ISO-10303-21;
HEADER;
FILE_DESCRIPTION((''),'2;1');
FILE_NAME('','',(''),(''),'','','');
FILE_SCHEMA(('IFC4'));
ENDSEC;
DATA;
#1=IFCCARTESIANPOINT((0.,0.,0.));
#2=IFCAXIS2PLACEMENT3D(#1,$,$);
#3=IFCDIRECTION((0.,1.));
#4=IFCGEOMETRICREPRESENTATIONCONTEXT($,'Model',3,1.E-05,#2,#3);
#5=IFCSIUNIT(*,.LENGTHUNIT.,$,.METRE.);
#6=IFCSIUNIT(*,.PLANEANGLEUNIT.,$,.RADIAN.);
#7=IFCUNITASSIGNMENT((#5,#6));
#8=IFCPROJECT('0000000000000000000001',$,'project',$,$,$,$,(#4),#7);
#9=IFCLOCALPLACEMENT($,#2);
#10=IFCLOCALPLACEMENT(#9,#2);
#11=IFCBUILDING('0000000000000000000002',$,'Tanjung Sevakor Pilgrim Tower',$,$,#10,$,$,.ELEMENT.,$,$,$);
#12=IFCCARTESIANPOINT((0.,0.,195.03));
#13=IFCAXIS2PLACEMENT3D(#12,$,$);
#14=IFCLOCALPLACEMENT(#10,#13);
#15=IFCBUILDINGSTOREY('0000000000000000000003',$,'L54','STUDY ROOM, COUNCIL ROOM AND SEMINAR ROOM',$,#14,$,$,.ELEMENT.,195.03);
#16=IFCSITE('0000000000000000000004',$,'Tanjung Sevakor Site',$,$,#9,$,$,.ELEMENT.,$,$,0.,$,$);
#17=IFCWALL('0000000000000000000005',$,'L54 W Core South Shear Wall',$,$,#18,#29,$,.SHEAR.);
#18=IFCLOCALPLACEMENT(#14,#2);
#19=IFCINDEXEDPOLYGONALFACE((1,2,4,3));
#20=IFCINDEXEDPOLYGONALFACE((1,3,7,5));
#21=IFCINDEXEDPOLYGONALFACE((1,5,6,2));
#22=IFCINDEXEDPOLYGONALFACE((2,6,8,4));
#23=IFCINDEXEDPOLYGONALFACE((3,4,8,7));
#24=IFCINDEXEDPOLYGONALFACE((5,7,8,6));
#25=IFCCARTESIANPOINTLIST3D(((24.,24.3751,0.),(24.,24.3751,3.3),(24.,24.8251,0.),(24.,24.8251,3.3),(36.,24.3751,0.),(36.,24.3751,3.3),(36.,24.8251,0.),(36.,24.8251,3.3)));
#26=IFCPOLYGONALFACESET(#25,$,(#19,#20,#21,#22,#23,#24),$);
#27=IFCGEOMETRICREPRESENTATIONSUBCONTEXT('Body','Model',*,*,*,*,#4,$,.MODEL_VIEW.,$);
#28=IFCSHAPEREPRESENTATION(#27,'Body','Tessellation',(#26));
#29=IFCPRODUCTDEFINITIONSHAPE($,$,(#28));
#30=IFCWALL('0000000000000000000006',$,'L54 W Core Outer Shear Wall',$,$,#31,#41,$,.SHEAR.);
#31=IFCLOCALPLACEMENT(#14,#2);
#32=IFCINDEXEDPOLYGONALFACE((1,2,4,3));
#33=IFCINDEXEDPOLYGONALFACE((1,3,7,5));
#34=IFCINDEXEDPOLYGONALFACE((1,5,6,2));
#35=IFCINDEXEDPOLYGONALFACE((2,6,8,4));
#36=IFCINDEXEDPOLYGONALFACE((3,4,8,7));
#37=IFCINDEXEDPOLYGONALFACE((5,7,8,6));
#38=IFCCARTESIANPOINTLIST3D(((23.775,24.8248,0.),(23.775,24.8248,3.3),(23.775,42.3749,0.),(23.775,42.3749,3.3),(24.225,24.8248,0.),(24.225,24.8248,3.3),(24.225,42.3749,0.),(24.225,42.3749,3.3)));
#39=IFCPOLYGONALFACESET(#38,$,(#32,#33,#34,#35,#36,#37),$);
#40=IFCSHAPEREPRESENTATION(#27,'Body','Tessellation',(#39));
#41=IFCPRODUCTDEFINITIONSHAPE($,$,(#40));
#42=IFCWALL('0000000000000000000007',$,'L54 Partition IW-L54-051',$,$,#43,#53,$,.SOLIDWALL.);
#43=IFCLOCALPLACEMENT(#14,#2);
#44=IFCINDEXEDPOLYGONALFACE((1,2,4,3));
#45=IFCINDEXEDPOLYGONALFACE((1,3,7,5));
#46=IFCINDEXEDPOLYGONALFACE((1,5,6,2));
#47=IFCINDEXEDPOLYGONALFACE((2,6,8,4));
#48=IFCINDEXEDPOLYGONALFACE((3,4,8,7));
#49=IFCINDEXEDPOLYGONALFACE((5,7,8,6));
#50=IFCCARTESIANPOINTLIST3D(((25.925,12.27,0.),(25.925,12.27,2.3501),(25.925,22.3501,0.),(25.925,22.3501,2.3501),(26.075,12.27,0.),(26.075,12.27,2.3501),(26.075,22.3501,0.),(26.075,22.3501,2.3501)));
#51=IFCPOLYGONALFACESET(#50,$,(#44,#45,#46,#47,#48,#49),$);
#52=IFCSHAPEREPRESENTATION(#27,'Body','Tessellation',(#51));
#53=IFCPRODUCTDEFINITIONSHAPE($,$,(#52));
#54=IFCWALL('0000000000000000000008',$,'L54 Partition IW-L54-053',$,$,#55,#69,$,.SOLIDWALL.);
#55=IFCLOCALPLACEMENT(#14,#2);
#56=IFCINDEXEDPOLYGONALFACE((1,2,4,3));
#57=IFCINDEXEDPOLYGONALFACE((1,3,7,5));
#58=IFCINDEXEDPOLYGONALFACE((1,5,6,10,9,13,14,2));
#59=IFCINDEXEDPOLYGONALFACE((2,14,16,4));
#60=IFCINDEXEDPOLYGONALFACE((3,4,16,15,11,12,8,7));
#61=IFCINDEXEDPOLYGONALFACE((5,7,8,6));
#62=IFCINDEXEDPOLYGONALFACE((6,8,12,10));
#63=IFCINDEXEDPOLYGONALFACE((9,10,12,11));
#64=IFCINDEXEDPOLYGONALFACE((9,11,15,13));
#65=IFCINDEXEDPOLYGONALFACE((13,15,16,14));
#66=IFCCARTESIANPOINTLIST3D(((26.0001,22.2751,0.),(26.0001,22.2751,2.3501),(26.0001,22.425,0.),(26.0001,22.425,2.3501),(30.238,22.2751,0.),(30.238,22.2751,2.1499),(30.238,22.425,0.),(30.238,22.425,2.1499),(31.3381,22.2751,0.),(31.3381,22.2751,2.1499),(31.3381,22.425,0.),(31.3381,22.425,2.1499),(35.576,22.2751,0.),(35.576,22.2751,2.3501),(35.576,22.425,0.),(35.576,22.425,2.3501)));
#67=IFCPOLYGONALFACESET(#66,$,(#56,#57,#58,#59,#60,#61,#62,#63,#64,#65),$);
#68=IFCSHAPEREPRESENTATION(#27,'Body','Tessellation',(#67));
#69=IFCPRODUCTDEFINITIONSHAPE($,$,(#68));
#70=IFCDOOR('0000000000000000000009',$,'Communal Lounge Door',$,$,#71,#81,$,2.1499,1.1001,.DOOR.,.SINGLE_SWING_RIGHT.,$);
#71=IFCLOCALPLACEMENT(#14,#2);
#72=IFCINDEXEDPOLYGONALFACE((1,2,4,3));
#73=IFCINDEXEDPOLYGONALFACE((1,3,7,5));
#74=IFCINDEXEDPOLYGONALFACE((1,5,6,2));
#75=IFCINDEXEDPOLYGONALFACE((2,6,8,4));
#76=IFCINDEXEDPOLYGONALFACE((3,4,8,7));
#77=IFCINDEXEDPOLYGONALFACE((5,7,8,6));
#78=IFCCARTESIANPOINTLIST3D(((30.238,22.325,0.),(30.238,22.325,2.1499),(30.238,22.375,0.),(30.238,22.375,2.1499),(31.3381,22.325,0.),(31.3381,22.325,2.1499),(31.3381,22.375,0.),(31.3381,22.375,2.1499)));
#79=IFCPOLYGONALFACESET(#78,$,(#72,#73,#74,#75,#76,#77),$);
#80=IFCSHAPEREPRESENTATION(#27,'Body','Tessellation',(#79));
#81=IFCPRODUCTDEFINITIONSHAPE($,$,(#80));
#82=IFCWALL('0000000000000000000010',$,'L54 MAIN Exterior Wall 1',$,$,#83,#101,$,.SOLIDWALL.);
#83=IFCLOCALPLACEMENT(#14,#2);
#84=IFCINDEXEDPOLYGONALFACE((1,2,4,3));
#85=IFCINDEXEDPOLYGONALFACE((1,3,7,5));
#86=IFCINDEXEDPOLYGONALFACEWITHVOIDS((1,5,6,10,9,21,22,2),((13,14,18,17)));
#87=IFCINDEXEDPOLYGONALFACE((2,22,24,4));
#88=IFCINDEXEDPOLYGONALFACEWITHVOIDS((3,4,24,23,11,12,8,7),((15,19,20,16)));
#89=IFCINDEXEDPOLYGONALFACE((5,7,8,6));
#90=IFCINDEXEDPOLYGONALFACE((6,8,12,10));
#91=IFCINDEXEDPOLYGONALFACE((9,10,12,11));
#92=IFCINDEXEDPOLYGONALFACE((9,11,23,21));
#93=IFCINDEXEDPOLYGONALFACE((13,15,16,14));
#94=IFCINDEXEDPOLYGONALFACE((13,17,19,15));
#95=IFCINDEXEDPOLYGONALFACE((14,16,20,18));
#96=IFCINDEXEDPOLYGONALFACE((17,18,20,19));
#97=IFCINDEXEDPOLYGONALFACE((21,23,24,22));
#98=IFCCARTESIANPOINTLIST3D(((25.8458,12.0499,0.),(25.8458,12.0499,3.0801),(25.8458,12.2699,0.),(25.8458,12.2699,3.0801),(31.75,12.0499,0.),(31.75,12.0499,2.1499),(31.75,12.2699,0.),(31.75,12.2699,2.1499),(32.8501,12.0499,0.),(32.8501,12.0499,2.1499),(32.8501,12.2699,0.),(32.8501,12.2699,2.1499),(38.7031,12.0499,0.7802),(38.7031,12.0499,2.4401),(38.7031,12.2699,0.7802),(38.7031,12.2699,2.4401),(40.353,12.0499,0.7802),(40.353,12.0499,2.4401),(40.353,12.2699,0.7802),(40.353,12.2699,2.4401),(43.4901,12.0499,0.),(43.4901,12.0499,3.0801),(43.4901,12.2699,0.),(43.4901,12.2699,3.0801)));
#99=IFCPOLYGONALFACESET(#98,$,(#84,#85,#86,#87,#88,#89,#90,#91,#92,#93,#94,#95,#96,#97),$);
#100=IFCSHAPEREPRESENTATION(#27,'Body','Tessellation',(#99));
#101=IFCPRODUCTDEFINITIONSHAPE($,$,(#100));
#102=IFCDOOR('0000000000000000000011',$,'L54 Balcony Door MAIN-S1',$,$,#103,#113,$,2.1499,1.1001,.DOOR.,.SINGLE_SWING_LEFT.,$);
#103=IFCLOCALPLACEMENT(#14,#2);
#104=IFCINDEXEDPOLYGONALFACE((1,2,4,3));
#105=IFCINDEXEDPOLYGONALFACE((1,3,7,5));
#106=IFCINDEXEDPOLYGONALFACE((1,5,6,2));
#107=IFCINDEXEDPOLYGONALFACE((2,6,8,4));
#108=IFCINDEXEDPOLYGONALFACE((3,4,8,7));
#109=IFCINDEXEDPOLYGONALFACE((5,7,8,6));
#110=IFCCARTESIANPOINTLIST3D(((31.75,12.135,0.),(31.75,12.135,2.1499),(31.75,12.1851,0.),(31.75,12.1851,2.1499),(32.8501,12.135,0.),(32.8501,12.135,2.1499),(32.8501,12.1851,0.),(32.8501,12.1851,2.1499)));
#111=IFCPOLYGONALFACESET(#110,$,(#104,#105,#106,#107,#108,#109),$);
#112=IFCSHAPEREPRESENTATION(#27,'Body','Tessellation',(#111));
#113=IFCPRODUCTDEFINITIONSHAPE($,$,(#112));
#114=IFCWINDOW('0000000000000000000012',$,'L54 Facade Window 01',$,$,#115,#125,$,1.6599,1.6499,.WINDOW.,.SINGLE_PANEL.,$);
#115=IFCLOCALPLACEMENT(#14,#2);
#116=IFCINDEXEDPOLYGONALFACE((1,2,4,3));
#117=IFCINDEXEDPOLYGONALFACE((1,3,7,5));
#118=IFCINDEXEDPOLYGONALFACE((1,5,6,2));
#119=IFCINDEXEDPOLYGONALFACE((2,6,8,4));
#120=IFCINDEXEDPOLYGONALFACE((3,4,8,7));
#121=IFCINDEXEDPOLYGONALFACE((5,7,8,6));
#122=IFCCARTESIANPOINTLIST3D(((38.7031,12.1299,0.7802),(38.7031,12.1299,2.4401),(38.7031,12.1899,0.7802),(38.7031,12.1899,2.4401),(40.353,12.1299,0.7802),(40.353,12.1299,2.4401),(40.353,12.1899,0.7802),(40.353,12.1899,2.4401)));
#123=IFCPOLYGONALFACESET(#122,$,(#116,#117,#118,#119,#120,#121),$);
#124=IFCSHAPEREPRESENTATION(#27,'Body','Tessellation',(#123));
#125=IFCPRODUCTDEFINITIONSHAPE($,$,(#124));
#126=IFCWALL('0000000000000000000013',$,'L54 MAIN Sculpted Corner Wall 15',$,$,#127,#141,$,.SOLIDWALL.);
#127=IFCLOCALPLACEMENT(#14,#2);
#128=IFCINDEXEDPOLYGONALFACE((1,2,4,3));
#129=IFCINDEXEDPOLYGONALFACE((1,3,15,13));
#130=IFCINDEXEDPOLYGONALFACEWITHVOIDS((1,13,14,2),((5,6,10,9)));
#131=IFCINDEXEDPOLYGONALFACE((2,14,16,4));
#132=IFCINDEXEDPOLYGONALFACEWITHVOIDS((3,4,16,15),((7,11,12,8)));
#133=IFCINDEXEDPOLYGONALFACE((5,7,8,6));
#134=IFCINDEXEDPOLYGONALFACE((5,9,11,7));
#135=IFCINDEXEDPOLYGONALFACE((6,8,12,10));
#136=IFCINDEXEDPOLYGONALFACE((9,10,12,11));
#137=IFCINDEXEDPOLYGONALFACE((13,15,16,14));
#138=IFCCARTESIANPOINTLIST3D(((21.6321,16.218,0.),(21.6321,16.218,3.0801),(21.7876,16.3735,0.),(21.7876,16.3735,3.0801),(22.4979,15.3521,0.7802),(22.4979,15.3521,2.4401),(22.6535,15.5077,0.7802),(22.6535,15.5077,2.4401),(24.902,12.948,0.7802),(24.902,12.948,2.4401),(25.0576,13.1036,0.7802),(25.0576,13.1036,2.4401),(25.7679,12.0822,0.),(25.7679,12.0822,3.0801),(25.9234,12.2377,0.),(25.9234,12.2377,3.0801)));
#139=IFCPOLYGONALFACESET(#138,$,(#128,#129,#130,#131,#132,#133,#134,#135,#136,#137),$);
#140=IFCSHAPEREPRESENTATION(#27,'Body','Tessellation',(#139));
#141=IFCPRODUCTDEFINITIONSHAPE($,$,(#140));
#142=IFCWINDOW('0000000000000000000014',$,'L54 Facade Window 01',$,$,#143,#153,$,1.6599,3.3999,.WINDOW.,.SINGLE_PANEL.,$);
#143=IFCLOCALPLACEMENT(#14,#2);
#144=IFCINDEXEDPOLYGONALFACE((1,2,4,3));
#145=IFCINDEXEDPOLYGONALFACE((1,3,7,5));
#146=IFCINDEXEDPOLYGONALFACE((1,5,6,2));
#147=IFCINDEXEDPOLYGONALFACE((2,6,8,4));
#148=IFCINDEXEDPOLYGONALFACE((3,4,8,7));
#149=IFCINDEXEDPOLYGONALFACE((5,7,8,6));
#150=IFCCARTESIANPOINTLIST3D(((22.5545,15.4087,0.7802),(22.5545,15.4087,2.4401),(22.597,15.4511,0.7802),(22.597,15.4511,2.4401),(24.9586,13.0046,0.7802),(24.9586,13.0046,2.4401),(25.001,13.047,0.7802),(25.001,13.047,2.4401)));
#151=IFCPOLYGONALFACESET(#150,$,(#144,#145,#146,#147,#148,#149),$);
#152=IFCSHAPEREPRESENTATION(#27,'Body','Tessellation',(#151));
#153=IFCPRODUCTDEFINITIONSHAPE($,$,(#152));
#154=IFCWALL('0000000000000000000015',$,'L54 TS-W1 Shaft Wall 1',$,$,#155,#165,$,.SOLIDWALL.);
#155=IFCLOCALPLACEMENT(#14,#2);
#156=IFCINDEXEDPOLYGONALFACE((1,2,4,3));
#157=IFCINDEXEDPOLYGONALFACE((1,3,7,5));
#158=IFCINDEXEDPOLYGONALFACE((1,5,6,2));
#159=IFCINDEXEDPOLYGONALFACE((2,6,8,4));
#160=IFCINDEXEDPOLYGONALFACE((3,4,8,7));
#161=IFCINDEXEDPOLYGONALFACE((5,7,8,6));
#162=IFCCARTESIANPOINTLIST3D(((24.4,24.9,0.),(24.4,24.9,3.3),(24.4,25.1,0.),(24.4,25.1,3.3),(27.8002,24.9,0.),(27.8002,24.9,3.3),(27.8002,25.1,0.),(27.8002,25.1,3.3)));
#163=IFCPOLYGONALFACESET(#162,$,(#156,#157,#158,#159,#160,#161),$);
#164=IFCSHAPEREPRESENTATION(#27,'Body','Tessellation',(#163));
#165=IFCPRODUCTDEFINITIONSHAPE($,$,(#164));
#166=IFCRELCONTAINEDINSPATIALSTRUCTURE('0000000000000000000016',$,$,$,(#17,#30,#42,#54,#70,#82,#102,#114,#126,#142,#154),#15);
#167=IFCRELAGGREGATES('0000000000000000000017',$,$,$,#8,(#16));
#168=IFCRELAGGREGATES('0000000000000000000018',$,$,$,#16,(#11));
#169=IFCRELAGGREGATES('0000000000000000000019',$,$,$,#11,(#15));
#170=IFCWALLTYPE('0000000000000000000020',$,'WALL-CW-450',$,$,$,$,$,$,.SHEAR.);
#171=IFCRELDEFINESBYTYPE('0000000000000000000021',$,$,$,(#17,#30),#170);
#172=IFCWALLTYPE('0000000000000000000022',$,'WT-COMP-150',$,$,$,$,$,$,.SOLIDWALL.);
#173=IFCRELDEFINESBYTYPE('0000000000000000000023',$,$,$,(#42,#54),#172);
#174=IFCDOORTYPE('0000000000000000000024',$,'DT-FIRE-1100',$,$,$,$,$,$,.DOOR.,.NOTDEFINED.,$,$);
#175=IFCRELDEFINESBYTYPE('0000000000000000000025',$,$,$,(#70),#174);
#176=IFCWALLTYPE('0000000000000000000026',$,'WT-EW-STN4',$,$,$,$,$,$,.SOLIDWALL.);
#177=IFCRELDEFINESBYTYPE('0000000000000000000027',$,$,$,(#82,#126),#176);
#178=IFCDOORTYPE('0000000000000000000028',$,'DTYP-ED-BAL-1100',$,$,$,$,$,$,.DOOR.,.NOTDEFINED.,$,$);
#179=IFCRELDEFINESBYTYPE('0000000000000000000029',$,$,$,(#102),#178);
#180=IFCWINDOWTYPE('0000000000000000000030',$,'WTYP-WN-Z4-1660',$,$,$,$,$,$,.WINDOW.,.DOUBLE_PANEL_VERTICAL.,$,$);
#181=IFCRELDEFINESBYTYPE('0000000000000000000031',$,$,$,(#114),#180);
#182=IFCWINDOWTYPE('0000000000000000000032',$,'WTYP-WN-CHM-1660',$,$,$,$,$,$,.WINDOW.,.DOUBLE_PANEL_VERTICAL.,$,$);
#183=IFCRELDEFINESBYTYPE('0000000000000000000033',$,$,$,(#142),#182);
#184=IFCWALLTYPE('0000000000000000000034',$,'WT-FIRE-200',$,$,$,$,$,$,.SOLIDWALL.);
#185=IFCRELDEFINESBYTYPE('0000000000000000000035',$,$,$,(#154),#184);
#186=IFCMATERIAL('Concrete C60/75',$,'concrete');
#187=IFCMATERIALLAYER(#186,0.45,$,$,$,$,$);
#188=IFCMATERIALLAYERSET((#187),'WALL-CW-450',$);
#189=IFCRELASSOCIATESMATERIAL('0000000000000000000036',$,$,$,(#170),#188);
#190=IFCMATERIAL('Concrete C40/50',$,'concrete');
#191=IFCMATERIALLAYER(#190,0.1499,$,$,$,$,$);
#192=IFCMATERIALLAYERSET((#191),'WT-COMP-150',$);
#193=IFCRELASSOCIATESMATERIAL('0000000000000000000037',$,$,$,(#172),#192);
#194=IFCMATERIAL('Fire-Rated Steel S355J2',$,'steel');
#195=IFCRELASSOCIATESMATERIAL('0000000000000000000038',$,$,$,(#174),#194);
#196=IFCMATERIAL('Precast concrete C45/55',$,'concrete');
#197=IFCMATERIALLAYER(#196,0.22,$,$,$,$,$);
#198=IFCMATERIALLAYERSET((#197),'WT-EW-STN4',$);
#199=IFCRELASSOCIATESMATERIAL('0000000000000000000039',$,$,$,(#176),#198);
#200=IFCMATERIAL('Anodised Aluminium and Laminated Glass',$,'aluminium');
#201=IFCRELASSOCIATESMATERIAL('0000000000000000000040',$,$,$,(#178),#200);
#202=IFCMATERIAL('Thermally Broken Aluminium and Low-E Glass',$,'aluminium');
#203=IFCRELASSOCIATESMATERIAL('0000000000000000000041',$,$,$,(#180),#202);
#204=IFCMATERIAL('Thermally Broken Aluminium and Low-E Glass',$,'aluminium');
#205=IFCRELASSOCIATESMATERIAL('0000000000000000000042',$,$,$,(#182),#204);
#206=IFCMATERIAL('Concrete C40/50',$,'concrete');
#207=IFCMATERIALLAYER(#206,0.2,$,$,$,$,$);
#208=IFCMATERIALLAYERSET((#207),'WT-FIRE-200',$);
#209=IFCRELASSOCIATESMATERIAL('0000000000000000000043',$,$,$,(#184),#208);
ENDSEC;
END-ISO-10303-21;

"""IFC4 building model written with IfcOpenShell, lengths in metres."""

from ifc_helpers import new_model, si_unit, direction, frame, frame_2d, origin, place, context, subcontext, project, spatial, rectangle, extrude, material, layer, layer_set, type_object, element, fill, save


model = new_model("IFC4")

# Units and contexts
model_context = context("Model", 3, precision=1e-05, world=origin(), true_north=direction((0.0, 1.0)))
body_context = subcontext(model_context, "Body", "Model", "MODEL_VIEW")
ifc_project = project(units=[si_unit("LENGTHUNIT", "METRE"), si_unit("PLANEANGLEUNIT", "RADIAN")], contexts=[model_context])

# Site, building, storey
site_placement = place(None, origin())
site = spatial("IfcSite", under=ifc_project, at=site_placement, Name="Tanjung Sevakor Site", CompositionType="ELEMENT", RefElevation=0.0)
building_placement = place(site_placement, origin())
building = spatial("IfcBuilding", under=site, at=building_placement, Name="Tanjung Sevakor Pilgrim Tower", CompositionType="ELEMENT")
storey_placement = place(building_placement, frame((0.0, 0.0, 195.03)))
storey = spatial("IfcBuildingStorey", under=building, at=storey_placement, Name="L54", Description="STUDY ROOM, COUNCIL ROOM AND SEMINAR ROOM", CompositionType="ELEMENT", Elevation=195.03)

# Walls
ifc_material_1 = material(Name="Concrete C60/75", Category="concrete")
ifc_layer_1 = layer(ifc_material_1, 0.45)
ifc_layer_set_1 = layer_set([ifc_layer_1], Name="WALL-CW-450")
wall_type_1 = type_object("IfcWallType", Name="WALL-CW-450", PredefinedType="SHEAR", material=ifc_layer_set_1)
wall_1_placement = place(storey_placement, frame((24.0, 24.6001, 0.0), z_axis=(0.0, 0.0, 1.0), x_axis=(1.0, 0.0, 0.0)))
element("IfcWall", 1, at=wall_1_placement, inside=storey, type_object=wall_type_1, Name="L54 W Core South Shear Wall", PredefinedType="SHEAR", context=body_context, shape_type="SweptSolid", body=[
    extrude(rectangle(XDim=12.0, YDim=0.45, at=frame_2d((6.0, 0.0))), origin(), (0.0, 0.0, 1.0), 3.3),
])
wall_2_placement = place(storey_placement, frame((24.0, 24.825, 0.0), z_axis=(0.0, 0.0, 1.0), x_axis=(0.0, 1.0, 0.0)))
element("IfcWall", 2, at=wall_2_placement, inside=storey, type_object=wall_type_1, Name="L54 W Core Outer Shear Wall", PredefinedType="SHEAR", context=body_context, shape_type="SweptSolid", body=[
    extrude(rectangle(XDim=17.55, YDim=0.45, at=frame_2d((8.7749, 0.0))), origin(), (0.0, 0.0, 1.0), 3.3),
])

# Wall
ifc_material_2 = material(Name="Concrete C40/50", Category="concrete")
ifc_layer_2 = layer(ifc_material_2, 0.1499)
ifc_layer_set_2 = layer_set([ifc_layer_2], Name="WT-COMP-150")
wall_type_2 = type_object("IfcWallType", Name="WT-COMP-150", PredefinedType="SOLIDWALL", material=ifc_layer_set_2)
wall_3_placement = place(storey_placement, frame((26.0, 12.27, 0.0), z_axis=(0.0, 0.0, 1.0), x_axis=(0.0, 1.0, 0.0)))
element("IfcWall", 3, at=wall_3_placement, inside=storey, type_object=wall_type_2, Name="L54 Partition IW-L54-051", PredefinedType="SOLIDWALL", context=body_context, shape_type="SweptSolid", body=[
    extrude(rectangle(XDim=10.0801, YDim=0.1499, at=frame_2d((5.04, 0.0))), origin(), (0.0, 0.0, 1.0), 2.3501),
])

# Wall, opening, door
wall_4_placement = place(storey_placement, frame((26.0, 22.3501, 0.0), z_axis=(0.0, 0.0, 1.0), x_axis=(1.0, 0.0, 0.0)))
wall_4 = element("IfcWall", 4, at=wall_4_placement, inside=storey, type_object=wall_type_2, Name="L54 Partition IW-L54-053", PredefinedType="SOLIDWALL", context=body_context, shape_type="SweptSolid", body=[
    extrude(rectangle(XDim=9.5759, YDim=0.1499, at=frame_2d((4.7881, 0.0))), origin(), (0.0, 0.0, 1.0), 2.3501),
])
opening_1_placement = place(wall_4_placement, frame((4.238, 0.0, 0.0)))
opening_1 = element("IfcOpeningElement", 5, at=opening_1_placement, cuts=wall_4, PredefinedType="OPENING", context=body_context, shape_type="SweptSolid", body=[
    extrude(rectangle(XDim=1.1001, YDim=2.1499, at=frame_2d((0.55, 1.075))), frame((0.0, 0.085, 0.0), z_axis=(0.0, -1.0, 0.0), x_axis=(1.0, 0.0, 0.0)), (0.0, 0.0, 1.0), 0.1699),
])
ifc_material_3 = material(Name="Fire-Rated Steel S355J2", Category="steel")
door_type_1 = type_object("IfcDoorType", Name="DT-FIRE-1100", OperationType="NOTDEFINED", PredefinedType="DOOR", material=ifc_material_3)
door_1_placement = place(opening_1_placement, origin())
door_1 = element("IfcDoor", 6, at=door_1_placement, inside=storey, type_object=door_type_1, Name="Communal Lounge Door", OperationType="SINGLE_SWING_RIGHT", OverallHeight=2.1499, OverallWidth=1.1001, PredefinedType="DOOR", context=body_context, shape_type="SweptSolid", body=[
    extrude(rectangle(XDim=1.1001, YDim=2.1499, at=frame_2d((0.55, 1.075))), frame((0.0, 0.0249, 0.0), z_axis=(0.0, -1.0, 0.0), x_axis=(1.0, 0.0, 0.0)), (0.0, 0.0, 1.0), 0.05),
])
fill(opening_1, door_1)

# Wall, openings, door, window
ifc_material_4 = material(Name="Precast concrete C45/55", Category="concrete")
ifc_layer_3 = layer(ifc_material_4, 0.22)
ifc_layer_set_3 = layer_set([ifc_layer_3], Name="WT-EW-STN4")
wall_type_3 = type_object("IfcWallType", Name="WT-EW-STN4", PredefinedType="SOLIDWALL", material=ifc_layer_set_3)
wall_5_placement = place(storey_placement, frame((25.8457, 12.1599, 0.0), z_axis=(0.0, 0.0, 1.0), x_axis=(1.0, 0.0, 0.0)))
wall_5 = element("IfcWall", 7, at=wall_5_placement, inside=storey, type_object=wall_type_3, Name="L54 MAIN Exterior Wall 1", PredefinedType="SOLIDWALL", context=body_context, shape_type="SweptSolid", body=[
    extrude(rectangle(XDim=17.6443, YDim=0.22, at=frame_2d((8.8223, 0.0))), origin(), (0.0, 0.0, 1.0), 3.0801),
])
opening_2_placement = place(wall_5_placement, frame((5.9043, 0.0, 0.0)))
opening_2 = element("IfcOpeningElement", 8, at=opening_2_placement, cuts=wall_5, PredefinedType="OPENING", context=body_context, shape_type="SweptSolid", body=[
    extrude(rectangle(XDim=1.1001, YDim=2.1499, at=frame_2d((0.55, 1.075))), frame((0.0, 0.1199, 0.0), z_axis=(0.0, -1.0, 0.0), x_axis=(1.0, 0.0, 0.0)), (0.0, 0.0, 1.0), 0.24),
])
opening_3_placement = place(wall_5_placement, frame((12.8574, 0.0, 0.78)))
opening_3 = element("IfcOpeningElement", 9, at=opening_3_placement, cuts=wall_5, PredefinedType="OPENING", context=body_context, shape_type="SweptSolid", body=[
    extrude(rectangle(XDim=1.6499, YDim=1.6599, at=frame_2d((0.825, 0.8301))), frame((0.0, 0.1199, 0.0), z_axis=(0.0, -1.0, 0.0), x_axis=(1.0, 0.0, 0.0)), (0.0, 0.0, 1.0), 0.24),
])
ifc_material_5 = material(Name="Anodised Aluminium and Laminated Glass", Category="aluminium")
door_type_2 = type_object("IfcDoorType", Name="DTYP-ED-BAL-1100", OperationType="NOTDEFINED", PredefinedType="DOOR", material=ifc_material_5)
door_2_placement = place(opening_2_placement, frame((1.1001, 0.0, 0.0), z_axis=(0.0, 0.0, 1.0), x_axis=(-1.0, 0.0, 0.0)))
door_2 = element("IfcDoor", 10, at=door_2_placement, inside=storey, type_object=door_type_2, Name="L54 Balcony Door MAIN-S1", OperationType="SINGLE_SWING_LEFT", OverallHeight=2.1499, OverallWidth=1.1001, PredefinedType="DOOR", context=body_context, shape_type="SweptSolid", body=[
    extrude(rectangle(XDim=1.1001, YDim=2.1499, at=frame_2d((0.55, 1.075))), frame((0.0, 0.0249, 0.0), z_axis=(0.0, -1.0, 0.0), x_axis=(1.0, 0.0, 0.0)), (0.0, 0.0, 1.0), 0.05),
])
fill(opening_2, door_2)
ifc_material_6 = material(Name="Thermally Broken Aluminium and Low-E Glass", Category="aluminium")
window_type_1 = type_object("IfcWindowType", Name="WTYP-WN-Z4-1660", PartitioningType="DOUBLE_PANEL_VERTICAL", PredefinedType="WINDOW", material=ifc_material_6)
window_1_placement = place(opening_3_placement, origin())
window_1 = element("IfcWindow", 11, at=window_1_placement, inside=storey, type_object=window_type_1, Name="L54 Facade Window 01", OverallHeight=1.6599, OverallWidth=1.6499, PartitioningType="SINGLE_PANEL", PredefinedType="WINDOW", context=body_context, shape_type="SweptSolid", body=[
    extrude(rectangle(XDim=1.6499, YDim=1.6599, at=frame_2d((0.825, 0.8301))), frame((0.0, 0.03, 0.0), z_axis=(0.0, -1.0, 0.0), x_axis=(1.0, 0.0, 0.0)), (0.0, 0.0, 1.0), 0.0601),
])
fill(opening_3, window_1)

# Wall, opening, window
wall_6_placement = place(storey_placement, frame((21.71, 16.2957, 0.0), z_axis=(0.0, 0.0, 1.0), x_axis=(0.707107, -0.707107, 0.0)))
wall_6 = element("IfcWall", 12, at=wall_6_placement, inside=storey, type_object=wall_type_3, Name="L54 MAIN Sculpted Corner Wall 15", PredefinedType="SOLIDWALL", context=body_context, shape_type="SweptSolid", body=[
    extrude(rectangle(XDim=5.8489, YDim=0.22, at=frame_2d((2.9243, 0.0))), origin(), (0.0, 0.0, 1.0), 3.0801),
])
opening_4_placement = place(wall_6_placement, frame((1.2244, 0.0, 0.78)))
opening_4 = element("IfcOpeningElement", 13, at=opening_4_placement, cuts=wall_6, PredefinedType="OPENING", context=body_context, shape_type="SweptSolid", body=[
    extrude(rectangle(XDim=3.3999, YDim=1.6599, at=frame_2d((1.7, 0.8301))), frame((0.0, 0.1199, 0.0), z_axis=(0.0, -1.0, 0.0), x_axis=(1.0, 0.0, 0.0)), (0.0, 0.0, 1.0), 0.24),
])
ifc_material_7 = material(Name="Thermally Broken Aluminium and Low-E Glass", Category="aluminium")
window_type_2 = type_object("IfcWindowType", Name="WTYP-WN-CHM-1660", PartitioningType="DOUBLE_PANEL_VERTICAL", PredefinedType="WINDOW", material=ifc_material_7)
window_2_placement = place(opening_4_placement, origin())
window_2 = element("IfcWindow", 14, at=window_2_placement, inside=storey, type_object=window_type_2, Name="L54 Facade Window 01", OverallHeight=1.6599, OverallWidth=3.3999, PartitioningType="SINGLE_PANEL", PredefinedType="WINDOW", context=body_context, shape_type="SweptSolid", body=[
    extrude(rectangle(XDim=3.3999, YDim=1.6599, at=frame_2d((1.7, 0.8301))), frame((0.0, 0.03, 0.0), z_axis=(0.0, -1.0, 0.0), x_axis=(1.0, 0.0, 0.0)), (0.0, 0.0, 1.0), 0.0601),
])
fill(opening_4, window_2)

# Wall
ifc_material_8 = material(Name="Concrete C40/50", Category="concrete")
ifc_layer_4 = layer(ifc_material_8, 0.2)
ifc_layer_set_4 = layer_set([ifc_layer_4], Name="WT-FIRE-200")
wall_type_4 = type_object("IfcWallType", Name="WT-FIRE-200", PredefinedType="SOLIDWALL", material=ifc_layer_set_4)
wall_7_placement = place(storey_placement, frame((24.3999, 25.0, 0.0), z_axis=(0.0, 0.0, 1.0), x_axis=(1.0, 0.0, 0.0)))
element("IfcWall", 15, at=wall_7_placement, inside=storey, type_object=wall_type_4, Name="L54 TS-W1 Shaft Wall 1", PredefinedType="SOLIDWALL", context=body_context, shape_type="SweptSolid", body=[
    extrude(rectangle(XDim=3.4001, YDim=0.2, at=frame_2d((1.7002, 0.0))), origin(), (0.0, 0.0, 1.0), 3.3),
])

save(model, "model.ifc")
